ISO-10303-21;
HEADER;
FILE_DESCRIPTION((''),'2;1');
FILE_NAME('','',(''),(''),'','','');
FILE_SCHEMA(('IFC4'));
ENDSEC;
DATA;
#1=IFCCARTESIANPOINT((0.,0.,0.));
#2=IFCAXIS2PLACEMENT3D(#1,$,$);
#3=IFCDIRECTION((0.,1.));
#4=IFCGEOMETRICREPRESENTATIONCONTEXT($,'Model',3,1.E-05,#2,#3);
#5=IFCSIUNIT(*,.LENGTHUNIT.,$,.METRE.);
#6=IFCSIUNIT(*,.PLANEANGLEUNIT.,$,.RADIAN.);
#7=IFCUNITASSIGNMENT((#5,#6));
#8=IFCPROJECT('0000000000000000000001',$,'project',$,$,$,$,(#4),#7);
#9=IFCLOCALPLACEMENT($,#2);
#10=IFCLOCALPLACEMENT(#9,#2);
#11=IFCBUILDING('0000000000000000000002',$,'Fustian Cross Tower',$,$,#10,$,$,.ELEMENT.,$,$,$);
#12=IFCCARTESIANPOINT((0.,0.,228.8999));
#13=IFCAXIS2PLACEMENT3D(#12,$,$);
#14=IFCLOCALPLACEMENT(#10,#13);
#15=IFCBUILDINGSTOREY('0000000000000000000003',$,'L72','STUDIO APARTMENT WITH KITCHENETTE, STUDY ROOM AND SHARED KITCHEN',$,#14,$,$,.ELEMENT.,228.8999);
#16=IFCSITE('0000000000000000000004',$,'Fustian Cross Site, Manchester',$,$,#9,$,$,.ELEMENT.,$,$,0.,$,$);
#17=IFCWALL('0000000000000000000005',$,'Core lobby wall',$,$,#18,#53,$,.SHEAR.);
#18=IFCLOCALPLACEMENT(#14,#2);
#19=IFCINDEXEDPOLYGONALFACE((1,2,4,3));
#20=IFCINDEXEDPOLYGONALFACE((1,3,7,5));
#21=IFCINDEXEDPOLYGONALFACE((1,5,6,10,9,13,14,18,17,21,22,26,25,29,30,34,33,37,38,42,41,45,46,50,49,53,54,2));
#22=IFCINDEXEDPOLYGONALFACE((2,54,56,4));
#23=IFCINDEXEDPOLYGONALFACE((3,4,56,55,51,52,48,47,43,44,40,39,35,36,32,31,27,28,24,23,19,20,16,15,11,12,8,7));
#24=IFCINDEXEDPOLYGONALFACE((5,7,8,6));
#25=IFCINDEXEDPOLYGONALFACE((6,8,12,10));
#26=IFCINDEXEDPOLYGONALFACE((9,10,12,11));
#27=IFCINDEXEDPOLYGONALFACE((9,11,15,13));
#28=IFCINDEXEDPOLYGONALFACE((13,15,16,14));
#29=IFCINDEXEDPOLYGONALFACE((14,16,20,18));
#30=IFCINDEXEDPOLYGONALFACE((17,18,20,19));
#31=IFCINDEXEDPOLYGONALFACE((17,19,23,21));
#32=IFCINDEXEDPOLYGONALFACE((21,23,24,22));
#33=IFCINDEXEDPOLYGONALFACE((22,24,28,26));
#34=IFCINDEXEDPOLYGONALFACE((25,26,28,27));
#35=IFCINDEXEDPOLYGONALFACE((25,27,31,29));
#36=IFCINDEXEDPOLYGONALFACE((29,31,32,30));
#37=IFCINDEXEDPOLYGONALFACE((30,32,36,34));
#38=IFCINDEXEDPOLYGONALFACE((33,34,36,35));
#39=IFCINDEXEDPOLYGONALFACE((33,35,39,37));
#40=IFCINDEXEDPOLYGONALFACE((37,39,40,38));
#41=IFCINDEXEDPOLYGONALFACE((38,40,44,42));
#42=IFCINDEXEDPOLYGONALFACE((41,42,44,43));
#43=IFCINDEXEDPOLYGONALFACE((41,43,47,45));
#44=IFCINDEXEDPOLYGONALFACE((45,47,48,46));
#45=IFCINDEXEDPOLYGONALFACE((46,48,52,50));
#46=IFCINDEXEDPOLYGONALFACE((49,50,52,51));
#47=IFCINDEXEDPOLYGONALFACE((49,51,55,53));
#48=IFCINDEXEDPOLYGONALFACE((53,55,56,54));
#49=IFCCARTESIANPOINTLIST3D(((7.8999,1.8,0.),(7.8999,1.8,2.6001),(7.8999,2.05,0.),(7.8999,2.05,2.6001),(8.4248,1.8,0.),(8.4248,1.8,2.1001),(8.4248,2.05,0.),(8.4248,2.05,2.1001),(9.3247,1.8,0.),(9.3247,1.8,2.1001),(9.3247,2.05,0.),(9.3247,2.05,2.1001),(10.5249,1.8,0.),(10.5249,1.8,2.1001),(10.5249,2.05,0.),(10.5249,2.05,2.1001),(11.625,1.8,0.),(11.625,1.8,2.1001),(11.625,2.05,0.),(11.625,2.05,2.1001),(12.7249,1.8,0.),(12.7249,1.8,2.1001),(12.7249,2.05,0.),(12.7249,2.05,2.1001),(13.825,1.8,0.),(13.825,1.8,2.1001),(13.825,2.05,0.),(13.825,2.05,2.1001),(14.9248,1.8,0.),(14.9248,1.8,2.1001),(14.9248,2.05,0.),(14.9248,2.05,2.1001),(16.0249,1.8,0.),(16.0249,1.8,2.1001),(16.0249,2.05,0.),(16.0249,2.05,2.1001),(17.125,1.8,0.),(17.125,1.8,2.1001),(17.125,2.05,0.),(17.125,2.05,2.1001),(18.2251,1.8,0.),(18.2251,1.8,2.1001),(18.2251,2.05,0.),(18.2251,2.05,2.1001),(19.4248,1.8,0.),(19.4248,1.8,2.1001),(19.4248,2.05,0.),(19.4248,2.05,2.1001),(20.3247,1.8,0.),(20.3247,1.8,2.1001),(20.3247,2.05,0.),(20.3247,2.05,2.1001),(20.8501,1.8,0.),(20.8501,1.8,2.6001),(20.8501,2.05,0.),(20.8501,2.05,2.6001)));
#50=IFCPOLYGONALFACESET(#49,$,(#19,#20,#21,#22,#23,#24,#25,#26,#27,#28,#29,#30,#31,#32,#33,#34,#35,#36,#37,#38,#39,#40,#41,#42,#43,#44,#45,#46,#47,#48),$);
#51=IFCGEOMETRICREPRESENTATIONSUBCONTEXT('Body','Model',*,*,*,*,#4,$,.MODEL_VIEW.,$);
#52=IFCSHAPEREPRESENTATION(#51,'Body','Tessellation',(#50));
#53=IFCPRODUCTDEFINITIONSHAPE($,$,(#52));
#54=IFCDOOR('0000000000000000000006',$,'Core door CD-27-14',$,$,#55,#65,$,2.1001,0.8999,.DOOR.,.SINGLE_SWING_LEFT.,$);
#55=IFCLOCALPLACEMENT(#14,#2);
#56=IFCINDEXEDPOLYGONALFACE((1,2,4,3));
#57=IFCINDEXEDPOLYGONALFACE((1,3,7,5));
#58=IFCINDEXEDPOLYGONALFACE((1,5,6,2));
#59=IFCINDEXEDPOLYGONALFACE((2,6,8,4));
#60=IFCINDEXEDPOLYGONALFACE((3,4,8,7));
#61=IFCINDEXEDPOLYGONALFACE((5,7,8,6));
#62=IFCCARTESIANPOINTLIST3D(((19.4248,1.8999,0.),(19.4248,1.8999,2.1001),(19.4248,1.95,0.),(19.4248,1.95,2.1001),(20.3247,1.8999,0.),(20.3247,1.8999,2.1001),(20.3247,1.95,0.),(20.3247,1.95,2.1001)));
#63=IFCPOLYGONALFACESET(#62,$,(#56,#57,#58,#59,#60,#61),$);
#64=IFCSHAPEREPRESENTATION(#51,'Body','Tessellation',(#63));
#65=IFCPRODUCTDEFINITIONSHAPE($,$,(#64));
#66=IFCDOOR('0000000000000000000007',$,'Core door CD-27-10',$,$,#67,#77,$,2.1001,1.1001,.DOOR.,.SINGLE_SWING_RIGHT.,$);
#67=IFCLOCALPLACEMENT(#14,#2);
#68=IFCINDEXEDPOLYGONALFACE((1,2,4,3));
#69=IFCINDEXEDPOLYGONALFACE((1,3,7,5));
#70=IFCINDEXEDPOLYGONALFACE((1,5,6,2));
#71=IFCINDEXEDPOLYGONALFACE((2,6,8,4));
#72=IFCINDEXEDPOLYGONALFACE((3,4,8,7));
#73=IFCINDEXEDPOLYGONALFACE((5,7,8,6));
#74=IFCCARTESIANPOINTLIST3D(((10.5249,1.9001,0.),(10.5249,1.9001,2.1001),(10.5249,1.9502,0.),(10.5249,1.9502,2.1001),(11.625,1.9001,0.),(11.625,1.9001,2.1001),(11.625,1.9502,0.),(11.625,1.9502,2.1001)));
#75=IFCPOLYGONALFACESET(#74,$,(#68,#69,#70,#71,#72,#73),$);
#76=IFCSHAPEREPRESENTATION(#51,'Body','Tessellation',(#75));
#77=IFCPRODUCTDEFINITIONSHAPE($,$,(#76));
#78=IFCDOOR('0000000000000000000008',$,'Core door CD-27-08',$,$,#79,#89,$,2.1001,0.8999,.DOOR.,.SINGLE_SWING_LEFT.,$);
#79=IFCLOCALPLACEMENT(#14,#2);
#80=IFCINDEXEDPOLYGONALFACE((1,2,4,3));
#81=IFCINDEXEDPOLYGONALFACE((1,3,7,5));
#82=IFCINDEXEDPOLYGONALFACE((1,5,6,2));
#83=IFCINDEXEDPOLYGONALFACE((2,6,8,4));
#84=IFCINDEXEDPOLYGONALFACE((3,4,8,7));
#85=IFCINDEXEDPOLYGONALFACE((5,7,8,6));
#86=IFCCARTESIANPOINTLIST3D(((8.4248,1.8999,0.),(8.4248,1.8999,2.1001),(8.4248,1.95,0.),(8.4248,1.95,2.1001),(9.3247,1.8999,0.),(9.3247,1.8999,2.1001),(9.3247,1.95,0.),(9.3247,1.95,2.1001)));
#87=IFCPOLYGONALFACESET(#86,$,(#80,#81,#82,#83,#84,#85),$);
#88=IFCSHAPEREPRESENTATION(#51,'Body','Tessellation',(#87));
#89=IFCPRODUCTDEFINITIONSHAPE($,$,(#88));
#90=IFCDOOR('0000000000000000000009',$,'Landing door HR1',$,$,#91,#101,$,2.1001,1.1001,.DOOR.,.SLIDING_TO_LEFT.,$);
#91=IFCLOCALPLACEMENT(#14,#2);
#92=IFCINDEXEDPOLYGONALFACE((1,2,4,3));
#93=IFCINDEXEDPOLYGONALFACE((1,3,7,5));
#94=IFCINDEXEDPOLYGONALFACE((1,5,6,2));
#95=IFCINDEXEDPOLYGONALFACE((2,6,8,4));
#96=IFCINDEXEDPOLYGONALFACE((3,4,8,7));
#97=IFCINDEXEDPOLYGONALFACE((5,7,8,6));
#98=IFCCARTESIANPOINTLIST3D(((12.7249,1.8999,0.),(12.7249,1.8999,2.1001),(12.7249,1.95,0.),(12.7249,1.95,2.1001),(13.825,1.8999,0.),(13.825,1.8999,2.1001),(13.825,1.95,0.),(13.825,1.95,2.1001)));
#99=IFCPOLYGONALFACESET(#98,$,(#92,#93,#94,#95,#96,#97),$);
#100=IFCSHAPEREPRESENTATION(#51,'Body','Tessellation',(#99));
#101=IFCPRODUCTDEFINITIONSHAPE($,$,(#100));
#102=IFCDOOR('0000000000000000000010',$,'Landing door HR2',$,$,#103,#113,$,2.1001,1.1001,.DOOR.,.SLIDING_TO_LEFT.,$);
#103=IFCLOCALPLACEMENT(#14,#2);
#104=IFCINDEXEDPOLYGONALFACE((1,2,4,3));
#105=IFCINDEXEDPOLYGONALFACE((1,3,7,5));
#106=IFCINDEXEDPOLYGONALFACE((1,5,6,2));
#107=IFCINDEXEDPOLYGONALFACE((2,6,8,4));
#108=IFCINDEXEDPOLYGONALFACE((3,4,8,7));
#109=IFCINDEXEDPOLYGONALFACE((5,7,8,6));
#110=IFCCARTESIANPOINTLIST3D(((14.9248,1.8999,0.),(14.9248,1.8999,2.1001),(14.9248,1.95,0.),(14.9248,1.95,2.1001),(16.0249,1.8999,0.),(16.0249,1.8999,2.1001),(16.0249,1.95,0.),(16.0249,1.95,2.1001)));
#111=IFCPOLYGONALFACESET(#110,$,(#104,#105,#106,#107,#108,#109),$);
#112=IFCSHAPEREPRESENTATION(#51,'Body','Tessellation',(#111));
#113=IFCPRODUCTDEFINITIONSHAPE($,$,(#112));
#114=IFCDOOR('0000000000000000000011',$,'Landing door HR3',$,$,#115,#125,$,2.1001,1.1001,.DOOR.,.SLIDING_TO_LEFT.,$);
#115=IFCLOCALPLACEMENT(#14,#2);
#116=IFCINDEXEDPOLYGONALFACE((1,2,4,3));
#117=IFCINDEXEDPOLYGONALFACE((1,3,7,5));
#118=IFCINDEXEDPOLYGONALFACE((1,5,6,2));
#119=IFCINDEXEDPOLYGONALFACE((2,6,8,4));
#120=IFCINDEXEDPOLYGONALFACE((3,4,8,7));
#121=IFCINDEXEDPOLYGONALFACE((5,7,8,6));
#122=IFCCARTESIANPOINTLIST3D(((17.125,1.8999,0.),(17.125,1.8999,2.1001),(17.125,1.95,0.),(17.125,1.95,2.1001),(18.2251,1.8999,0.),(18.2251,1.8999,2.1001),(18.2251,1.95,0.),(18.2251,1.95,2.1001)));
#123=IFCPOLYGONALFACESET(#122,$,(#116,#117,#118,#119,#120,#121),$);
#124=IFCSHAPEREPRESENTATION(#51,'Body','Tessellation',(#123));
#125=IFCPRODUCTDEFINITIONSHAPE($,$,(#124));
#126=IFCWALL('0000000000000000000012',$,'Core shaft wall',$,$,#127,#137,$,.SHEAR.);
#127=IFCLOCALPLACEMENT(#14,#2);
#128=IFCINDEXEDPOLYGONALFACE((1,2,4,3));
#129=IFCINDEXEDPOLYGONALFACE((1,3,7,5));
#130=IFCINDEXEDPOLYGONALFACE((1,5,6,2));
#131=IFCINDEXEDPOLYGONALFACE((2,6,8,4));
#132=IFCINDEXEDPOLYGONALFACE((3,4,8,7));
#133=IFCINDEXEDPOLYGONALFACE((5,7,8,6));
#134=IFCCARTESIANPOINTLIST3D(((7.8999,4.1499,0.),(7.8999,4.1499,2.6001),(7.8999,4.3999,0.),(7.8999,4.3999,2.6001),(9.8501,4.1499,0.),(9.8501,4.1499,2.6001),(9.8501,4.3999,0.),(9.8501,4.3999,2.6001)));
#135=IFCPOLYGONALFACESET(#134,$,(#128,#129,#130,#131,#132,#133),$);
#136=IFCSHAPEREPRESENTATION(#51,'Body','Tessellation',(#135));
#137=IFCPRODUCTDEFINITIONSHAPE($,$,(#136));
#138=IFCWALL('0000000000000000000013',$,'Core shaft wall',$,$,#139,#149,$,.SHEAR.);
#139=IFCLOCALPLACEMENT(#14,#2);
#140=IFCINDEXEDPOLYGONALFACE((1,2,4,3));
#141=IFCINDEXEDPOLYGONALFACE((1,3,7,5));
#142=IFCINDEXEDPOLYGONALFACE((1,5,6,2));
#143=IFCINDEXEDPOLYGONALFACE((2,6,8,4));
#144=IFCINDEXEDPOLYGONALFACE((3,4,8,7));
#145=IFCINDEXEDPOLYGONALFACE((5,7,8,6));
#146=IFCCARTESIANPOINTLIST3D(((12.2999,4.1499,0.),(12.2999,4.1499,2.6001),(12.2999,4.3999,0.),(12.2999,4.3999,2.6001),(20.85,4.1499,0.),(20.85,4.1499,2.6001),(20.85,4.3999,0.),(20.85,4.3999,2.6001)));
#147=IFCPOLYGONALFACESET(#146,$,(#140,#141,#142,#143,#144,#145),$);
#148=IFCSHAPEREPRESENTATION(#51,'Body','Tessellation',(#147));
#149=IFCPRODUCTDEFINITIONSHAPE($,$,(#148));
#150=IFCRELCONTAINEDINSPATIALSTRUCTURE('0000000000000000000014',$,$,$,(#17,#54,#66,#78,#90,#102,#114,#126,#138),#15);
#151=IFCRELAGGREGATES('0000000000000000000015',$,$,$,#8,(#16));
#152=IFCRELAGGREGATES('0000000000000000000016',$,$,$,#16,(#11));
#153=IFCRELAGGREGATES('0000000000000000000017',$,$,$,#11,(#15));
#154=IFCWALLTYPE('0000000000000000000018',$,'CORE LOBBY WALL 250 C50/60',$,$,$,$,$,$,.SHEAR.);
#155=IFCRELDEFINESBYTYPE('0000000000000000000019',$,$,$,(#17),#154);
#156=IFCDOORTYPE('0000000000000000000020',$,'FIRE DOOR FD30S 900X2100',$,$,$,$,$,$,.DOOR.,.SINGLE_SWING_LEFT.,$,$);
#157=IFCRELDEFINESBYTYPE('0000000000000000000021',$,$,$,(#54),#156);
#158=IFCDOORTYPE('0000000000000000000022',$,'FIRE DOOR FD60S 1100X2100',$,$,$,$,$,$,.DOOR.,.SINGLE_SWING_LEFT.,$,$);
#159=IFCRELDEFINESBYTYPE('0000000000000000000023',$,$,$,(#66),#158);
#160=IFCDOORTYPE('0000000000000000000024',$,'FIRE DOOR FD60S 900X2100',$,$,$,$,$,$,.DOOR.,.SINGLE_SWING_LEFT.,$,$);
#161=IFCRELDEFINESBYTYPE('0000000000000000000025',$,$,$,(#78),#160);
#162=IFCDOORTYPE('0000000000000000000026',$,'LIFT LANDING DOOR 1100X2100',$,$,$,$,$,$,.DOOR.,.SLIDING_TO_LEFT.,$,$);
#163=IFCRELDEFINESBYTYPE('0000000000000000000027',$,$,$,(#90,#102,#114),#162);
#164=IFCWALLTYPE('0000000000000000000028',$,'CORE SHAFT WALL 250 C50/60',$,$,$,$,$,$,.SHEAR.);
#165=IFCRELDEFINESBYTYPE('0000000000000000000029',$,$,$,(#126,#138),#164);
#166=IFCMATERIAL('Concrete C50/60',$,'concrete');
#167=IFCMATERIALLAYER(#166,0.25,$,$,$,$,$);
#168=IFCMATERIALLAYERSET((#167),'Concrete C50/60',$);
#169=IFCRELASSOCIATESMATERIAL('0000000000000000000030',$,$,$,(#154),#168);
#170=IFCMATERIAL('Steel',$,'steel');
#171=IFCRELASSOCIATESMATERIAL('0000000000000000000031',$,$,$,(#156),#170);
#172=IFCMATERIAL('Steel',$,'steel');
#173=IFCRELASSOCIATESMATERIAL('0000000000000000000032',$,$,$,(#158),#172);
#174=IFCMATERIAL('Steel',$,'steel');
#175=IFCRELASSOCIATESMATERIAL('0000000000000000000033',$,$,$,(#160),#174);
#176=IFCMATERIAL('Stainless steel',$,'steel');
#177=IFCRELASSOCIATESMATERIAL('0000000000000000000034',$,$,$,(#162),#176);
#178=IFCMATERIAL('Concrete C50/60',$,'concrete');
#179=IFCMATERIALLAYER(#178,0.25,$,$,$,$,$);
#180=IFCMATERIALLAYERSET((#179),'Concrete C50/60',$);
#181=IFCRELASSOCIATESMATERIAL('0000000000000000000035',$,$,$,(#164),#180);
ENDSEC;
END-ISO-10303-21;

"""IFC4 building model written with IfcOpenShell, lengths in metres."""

from ifc_helpers import new_model, si_unit, direction, frame, frame_2d, origin, place, context, subcontext, project, spatial, rectangle, extrude, material, layer, layer_set, type_object, element, fill, save


model = new_model("IFC4")

# Units and contexts
model_context = context("Model", 3, precision=1e-05, world=origin(), true_north=direction((0.0, 1.0)))
body_context = subcontext(model_context, "Body", "Model", "MODEL_VIEW")
ifc_project = project(units=[si_unit("LENGTHUNIT", "METRE"), si_unit("PLANEANGLEUNIT", "RADIAN")], contexts=[model_context])

# Site, building, storey
site_placement = place(None, origin())
site = spatial("IfcSite", under=ifc_project, at=site_placement, Name="Fustian Cross Site, Manchester", CompositionType="ELEMENT", RefElevation=0.0)
building_placement = place(site_placement, origin())
building = spatial("IfcBuilding", under=site, at=building_placement, Name="Fustian Cross Tower", CompositionType="ELEMENT")
storey_placement = place(building_placement, frame((0.0, 0.0, 228.8999)))
storey = spatial("IfcBuildingStorey", under=building, at=storey_placement, Name="L72", Description="STUDIO APARTMENT WITH KITCHENETTE, STUDY ROOM AND SHARED KITCHEN", CompositionType="ELEMENT", Elevation=228.8999)

# Wall, openings, doors
ifc_material_1 = material(Name="Concrete C50/60", Category="concrete")
ifc_layer_1 = layer(ifc_material_1, 0.25)
ifc_layer_set_1 = layer_set([ifc_layer_1], Name="Concrete C50/60")
wall_type_1 = type_object("IfcWallType", Name="CORE LOBBY WALL 250 C50/60", PredefinedType="SHEAR", material=ifc_layer_set_1)
wall_1_placement = place(storey_placement, frame((7.8999, 1.925, 0.0), z_axis=(0.0, 0.0, 1.0), x_axis=(1.0, 0.0, 0.0)))
wall_1 = element("IfcWall", 1, at=wall_1_placement, inside=storey, type_object=wall_type_1, Name="Core lobby wall", PredefinedType="SHEAR", context=body_context, shape_type="SweptSolid", body=[
    extrude(rectangle(XDim=12.9502, YDim=0.25, at=frame_2d((6.4751, 0.0))), origin(), (0.0, 0.0, 1.0), 2.6001),
])
opening_1_placement = place(wall_1_placement, frame((4.825, 0.0, 0.0)))
opening_1 = element("IfcOpeningElement", 2, at=opening_1_placement, cuts=wall_1, PredefinedType="OPENING", context=body_context, shape_type="SweptSolid", body=[
    extrude(rectangle(XDim=1.1001, YDim=2.1001, at=frame_2d((0.55, 1.05))), frame((0.0, 0.135, 0.0), z_axis=(0.0, -1.0, 0.0), x_axis=(1.0, 0.0, 0.0)), (0.0, 0.0, 1.0), 0.27),
])
opening_2_placement = place(wall_1_placement, frame((7.0249, 0.0, 0.0)))
opening_2 = element("IfcOpeningElement", 3, at=opening_2_placement, cuts=wall_1, PredefinedType="OPENING", context=body_context, shape_type="SweptSolid", body=[
    extrude(rectangle(XDim=1.1001, YDim=2.1001, at=frame_2d((0.55, 1.05))), frame((0.0, 0.135, 0.0), z_axis=(0.0, -1.0, 0.0), x_axis=(1.0, 0.0, 0.0)), (0.0, 0.0, 1.0), 0.27),
])
opening_3_placement = place(wall_1_placement, frame((9.2251, 0.0, 0.0)))
opening_3 = element("IfcOpeningElement", 4, at=opening_3_placement, cuts=wall_1, PredefinedType="OPENING", context=body_context, shape_type="SweptSolid", body=[
    extrude(rectangle(XDim=1.1001, YDim=2.1001, at=frame_2d((0.55, 1.05))), frame((0.0, 0.135, 0.0), z_axis=(0.0, -1.0, 0.0), x_axis=(1.0, 0.0, 0.0)), (0.0, 0.0, 1.0), 0.27),
])
opening_4_placement = place(wall_1_placement, frame((0.5249, 0.0, 0.0)))
opening_4 = element("IfcOpeningElement", 5, at=opening_4_placement, cuts=wall_1, PredefinedType="OPENING", context=body_context, shape_type="SweptSolid", body=[
    extrude(rectangle(XDim=0.8999, YDim=2.1001, at=frame_2d((0.45, 1.05))), frame((0.0, 0.135, 0.0), z_axis=(0.0, -1.0, 0.0), x_axis=(1.0, 0.0, 0.0)), (0.0, 0.0, 1.0), 0.27),
])
opening_5_placement = place(wall_1_placement, frame((2.625, 0.0, 0.0)))
opening_5 = element("IfcOpeningElement", 6, at=opening_5_placement, cuts=wall_1, PredefinedType="OPENING", context=body_context, shape_type="SweptSolid", body=[
    extrude(rectangle(XDim=1.1001, YDim=2.1001, at=frame_2d((0.55, 1.05))), frame((0.0, 0.135, 0.0), z_axis=(0.0, -1.0, 0.0), x_axis=(1.0, 0.0, 0.0)), (0.0, 0.0, 1.0), 0.27),
])
opening_6_placement = place(wall_1_placement, frame((11.5249, 0.0, 0.0)))
opening_6 = element("IfcOpeningElement", 7, at=opening_6_placement, cuts=wall_1, PredefinedType="OPENING", context=body_context, shape_type="SweptSolid", body=[
    extrude(rectangle(XDim=0.8999, YDim=2.1001, at=frame_2d((0.45, 1.05))), frame((0.0, 0.135, 0.0), z_axis=(0.0, -1.0, 0.0), x_axis=(1.0, 0.0, 0.0)), (0.0, 0.0, 1.0), 0.27),
])
ifc_material_2 = material(Name="Steel", Category="steel")
door_type_1 = type_object("IfcDoorType", Name="FIRE DOOR FD30S 900X2100", OperationType="SINGLE_SWING_LEFT", PredefinedType="DOOR", material=ifc_material_2)
door_1_placement = place(opening_6_placement, origin())
door_1 = element("IfcDoor", 8, at=door_1_placement, inside=storey, type_object=door_type_1, Name="Core door CD-27-14", OperationType="SINGLE_SWING_LEFT", OverallHeight=2.1001, OverallWidth=0.8999, PredefinedType="DOOR", context=body_context, shape_type="SweptSolid", body=[
    extrude(rectangle(XDim=0.8999, YDim=2.1001, at=frame_2d((0.45, 1.05))), frame((0.0, 0.0249, 0.0), z_axis=(0.0, -1.0, 0.0), x_axis=(1.0, 0.0, 0.0)), (0.0, 0.0, 1.0), 0.05),
])
fill(opening_6, door_1)
ifc_material_3 = material(Name="Steel", Category="steel")
door_type_2 = type_object("IfcDoorType", Name="FIRE DOOR FD60S 1100X2100", OperationType="SINGLE_SWING_LEFT", PredefinedType="DOOR", material=ifc_material_3)
door_2_placement = place(opening_5_placement, frame((1.1001, 0.0, 0.0), z_axis=(0.0, 0.0, 1.0), x_axis=(-1.0, 0.0, 0.0)))
door_2 = element("IfcDoor", 9, at=door_2_placement, inside=storey, type_object=door_type_2, Name="Core door CD-27-10", OperationType="SINGLE_SWING_RIGHT", OverallHeight=2.1001, OverallWidth=1.1001, PredefinedType="DOOR", context=body_context, shape_type="SweptSolid", body=[
    extrude(rectangle(XDim=1.1001, YDim=2.1001, at=frame_2d((0.55, 1.05))), frame((0.0, 0.0249, 0.0), z_axis=(0.0, -1.0, 0.0), x_axis=(1.0, 0.0, 0.0)), (0.0, 0.0, 1.0), 0.05),
])
fill(opening_5, door_2)
ifc_material_4 = material(Name="Steel", Category="steel")
door_type_3 = type_object("IfcDoorType", Name="FIRE DOOR FD60S 900X2100", OperationType="SINGLE_SWING_LEFT", PredefinedType="DOOR", material=ifc_material_4)
door_3_placement = place(opening_4_placement, origin())
door_3 = element("IfcDoor", 10, at=door_3_placement, inside=storey, type_object=door_type_3, Name="Core door CD-27-08", OperationType="SINGLE_SWING_LEFT", OverallHeight=2.1001, OverallWidth=0.8999, PredefinedType="DOOR", context=body_context, shape_type="SweptSolid", body=[
    extrude(rectangle(XDim=0.8999, YDim=2.1001, at=frame_2d((0.45, 1.05))), frame((0.0, 0.0249, 0.0), z_axis=(0.0, -1.0, 0.0), x_axis=(1.0, 0.0, 0.0)), (0.0, 0.0, 1.0), 0.05),
])
fill(opening_4, door_3)
ifc_material_5 = material(Name="Stainless steel", Category="steel")
door_type_4 = type_object("IfcDoorType", Name="LIFT LANDING DOOR 1100X2100", OperationType="SLIDING_TO_LEFT", PredefinedType="DOOR", material=ifc_material_5)
door_4_placement = place(opening_1_placement, origin())
door_4 = element("IfcDoor", 11, at=door_4_placement, inside=storey, type_object=door_type_4, Name="Landing door HR1", OperationType="SLIDING_TO_LEFT", OverallHeight=2.1001, OverallWidth=1.1001, PredefinedType="DOOR", context=body_context, shape_type="SweptSolid", body=[
    extrude(rectangle(XDim=1.1001, YDim=2.1001, at=frame_2d((0.55, 1.05))), frame((0.0, 0.0249, 0.0), z_axis=(0.0, -1.0, 0.0), x_axis=(1.0, 0.0, 0.0)), (0.0, 0.0, 1.0), 0.05),
])
fill(opening_1, door_4)
door_5_placement = place(opening_2_placement, origin())
door_5 = element("IfcDoor", 12, at=door_5_placement, inside=storey, type_object=door_type_4, Name="Landing door HR2", OperationType="SLIDING_TO_LEFT", OverallHeight=2.1001, OverallWidth=1.1001, PredefinedType="DOOR", context=body_context, shape_type="SweptSolid", body=[
    extrude(rectangle(XDim=1.1001, YDim=2.1001, at=frame_2d((0.55, 1.05))), frame((0.0, 0.0249, 0.0), z_axis=(0.0, -1.0, 0.0), x_axis=(1.0, 0.0, 0.0)), (0.0, 0.0, 1.0), 0.05),
])
fill(opening_2, door_5)
door_6_placement = place(opening_3_placement, origin())
door_6 = element("IfcDoor", 13, at=door_6_placement, inside=storey, type_object=door_type_4, Name="Landing door HR3", OperationType="SLIDING_TO_LEFT", OverallHeight=2.1001, OverallWidth=1.1001, PredefinedType="DOOR", context=body_context, shape_type="SweptSolid", body=[
    extrude(rectangle(XDim=1.1001, YDim=2.1001, at=frame_2d((0.55, 1.05))), frame((0.0, 0.0249, 0.0), z_axis=(0.0, -1.0, 0.0), x_axis=(1.0, 0.0, 0.0)), (0.0, 0.0, 1.0), 0.05),
])
fill(opening_3, door_6)

# Walls
ifc_material_6 = material(Name="Concrete C50/60", Category="concrete")
ifc_layer_2 = layer(ifc_material_6, 0.25)
ifc_layer_set_2 = layer_set([ifc_layer_2], Name="Concrete C50/60")
wall_type_2 = type_object("IfcWallType", Name="CORE SHAFT WALL 250 C50/60", PredefinedType="SHEAR", material=ifc_layer_set_2)
wall_2_placement = place(storey_placement, frame((7.8999, 4.2749, 0.0), z_axis=(0.0, 0.0, 1.0), x_axis=(1.0, 0.0, 0.0)))
element("IfcWall", 14, at=wall_2_placement, inside=storey, type_object=wall_type_2, Name="Core shaft wall", PredefinedType="SHEAR", context=body_context, shape_type="SweptSolid", body=[
    extrude(rectangle(XDim=1.9502, YDim=0.25, at=frame_2d((0.9751, 0.0))), origin(), (0.0, 0.0, 1.0), 2.6001),
])
wall_3_placement = place(storey_placement, frame((12.3, 4.2749, 0.0), z_axis=(0.0, 0.0, 1.0), x_axis=(1.0, 0.0, 0.0)))
element("IfcWall", 15, at=wall_3_placement, inside=storey, type_object=wall_type_2, Name="Core shaft wall", PredefinedType="SHEAR", context=body_context, shape_type="SweptSolid", body=[
    extrude(rectangle(XDim=8.55, YDim=0.25, at=frame_2d((4.2749, 0.0))), origin(), (0.0, 0.0, 1.0), 2.6001),
])

save(model, "model.ifc")
